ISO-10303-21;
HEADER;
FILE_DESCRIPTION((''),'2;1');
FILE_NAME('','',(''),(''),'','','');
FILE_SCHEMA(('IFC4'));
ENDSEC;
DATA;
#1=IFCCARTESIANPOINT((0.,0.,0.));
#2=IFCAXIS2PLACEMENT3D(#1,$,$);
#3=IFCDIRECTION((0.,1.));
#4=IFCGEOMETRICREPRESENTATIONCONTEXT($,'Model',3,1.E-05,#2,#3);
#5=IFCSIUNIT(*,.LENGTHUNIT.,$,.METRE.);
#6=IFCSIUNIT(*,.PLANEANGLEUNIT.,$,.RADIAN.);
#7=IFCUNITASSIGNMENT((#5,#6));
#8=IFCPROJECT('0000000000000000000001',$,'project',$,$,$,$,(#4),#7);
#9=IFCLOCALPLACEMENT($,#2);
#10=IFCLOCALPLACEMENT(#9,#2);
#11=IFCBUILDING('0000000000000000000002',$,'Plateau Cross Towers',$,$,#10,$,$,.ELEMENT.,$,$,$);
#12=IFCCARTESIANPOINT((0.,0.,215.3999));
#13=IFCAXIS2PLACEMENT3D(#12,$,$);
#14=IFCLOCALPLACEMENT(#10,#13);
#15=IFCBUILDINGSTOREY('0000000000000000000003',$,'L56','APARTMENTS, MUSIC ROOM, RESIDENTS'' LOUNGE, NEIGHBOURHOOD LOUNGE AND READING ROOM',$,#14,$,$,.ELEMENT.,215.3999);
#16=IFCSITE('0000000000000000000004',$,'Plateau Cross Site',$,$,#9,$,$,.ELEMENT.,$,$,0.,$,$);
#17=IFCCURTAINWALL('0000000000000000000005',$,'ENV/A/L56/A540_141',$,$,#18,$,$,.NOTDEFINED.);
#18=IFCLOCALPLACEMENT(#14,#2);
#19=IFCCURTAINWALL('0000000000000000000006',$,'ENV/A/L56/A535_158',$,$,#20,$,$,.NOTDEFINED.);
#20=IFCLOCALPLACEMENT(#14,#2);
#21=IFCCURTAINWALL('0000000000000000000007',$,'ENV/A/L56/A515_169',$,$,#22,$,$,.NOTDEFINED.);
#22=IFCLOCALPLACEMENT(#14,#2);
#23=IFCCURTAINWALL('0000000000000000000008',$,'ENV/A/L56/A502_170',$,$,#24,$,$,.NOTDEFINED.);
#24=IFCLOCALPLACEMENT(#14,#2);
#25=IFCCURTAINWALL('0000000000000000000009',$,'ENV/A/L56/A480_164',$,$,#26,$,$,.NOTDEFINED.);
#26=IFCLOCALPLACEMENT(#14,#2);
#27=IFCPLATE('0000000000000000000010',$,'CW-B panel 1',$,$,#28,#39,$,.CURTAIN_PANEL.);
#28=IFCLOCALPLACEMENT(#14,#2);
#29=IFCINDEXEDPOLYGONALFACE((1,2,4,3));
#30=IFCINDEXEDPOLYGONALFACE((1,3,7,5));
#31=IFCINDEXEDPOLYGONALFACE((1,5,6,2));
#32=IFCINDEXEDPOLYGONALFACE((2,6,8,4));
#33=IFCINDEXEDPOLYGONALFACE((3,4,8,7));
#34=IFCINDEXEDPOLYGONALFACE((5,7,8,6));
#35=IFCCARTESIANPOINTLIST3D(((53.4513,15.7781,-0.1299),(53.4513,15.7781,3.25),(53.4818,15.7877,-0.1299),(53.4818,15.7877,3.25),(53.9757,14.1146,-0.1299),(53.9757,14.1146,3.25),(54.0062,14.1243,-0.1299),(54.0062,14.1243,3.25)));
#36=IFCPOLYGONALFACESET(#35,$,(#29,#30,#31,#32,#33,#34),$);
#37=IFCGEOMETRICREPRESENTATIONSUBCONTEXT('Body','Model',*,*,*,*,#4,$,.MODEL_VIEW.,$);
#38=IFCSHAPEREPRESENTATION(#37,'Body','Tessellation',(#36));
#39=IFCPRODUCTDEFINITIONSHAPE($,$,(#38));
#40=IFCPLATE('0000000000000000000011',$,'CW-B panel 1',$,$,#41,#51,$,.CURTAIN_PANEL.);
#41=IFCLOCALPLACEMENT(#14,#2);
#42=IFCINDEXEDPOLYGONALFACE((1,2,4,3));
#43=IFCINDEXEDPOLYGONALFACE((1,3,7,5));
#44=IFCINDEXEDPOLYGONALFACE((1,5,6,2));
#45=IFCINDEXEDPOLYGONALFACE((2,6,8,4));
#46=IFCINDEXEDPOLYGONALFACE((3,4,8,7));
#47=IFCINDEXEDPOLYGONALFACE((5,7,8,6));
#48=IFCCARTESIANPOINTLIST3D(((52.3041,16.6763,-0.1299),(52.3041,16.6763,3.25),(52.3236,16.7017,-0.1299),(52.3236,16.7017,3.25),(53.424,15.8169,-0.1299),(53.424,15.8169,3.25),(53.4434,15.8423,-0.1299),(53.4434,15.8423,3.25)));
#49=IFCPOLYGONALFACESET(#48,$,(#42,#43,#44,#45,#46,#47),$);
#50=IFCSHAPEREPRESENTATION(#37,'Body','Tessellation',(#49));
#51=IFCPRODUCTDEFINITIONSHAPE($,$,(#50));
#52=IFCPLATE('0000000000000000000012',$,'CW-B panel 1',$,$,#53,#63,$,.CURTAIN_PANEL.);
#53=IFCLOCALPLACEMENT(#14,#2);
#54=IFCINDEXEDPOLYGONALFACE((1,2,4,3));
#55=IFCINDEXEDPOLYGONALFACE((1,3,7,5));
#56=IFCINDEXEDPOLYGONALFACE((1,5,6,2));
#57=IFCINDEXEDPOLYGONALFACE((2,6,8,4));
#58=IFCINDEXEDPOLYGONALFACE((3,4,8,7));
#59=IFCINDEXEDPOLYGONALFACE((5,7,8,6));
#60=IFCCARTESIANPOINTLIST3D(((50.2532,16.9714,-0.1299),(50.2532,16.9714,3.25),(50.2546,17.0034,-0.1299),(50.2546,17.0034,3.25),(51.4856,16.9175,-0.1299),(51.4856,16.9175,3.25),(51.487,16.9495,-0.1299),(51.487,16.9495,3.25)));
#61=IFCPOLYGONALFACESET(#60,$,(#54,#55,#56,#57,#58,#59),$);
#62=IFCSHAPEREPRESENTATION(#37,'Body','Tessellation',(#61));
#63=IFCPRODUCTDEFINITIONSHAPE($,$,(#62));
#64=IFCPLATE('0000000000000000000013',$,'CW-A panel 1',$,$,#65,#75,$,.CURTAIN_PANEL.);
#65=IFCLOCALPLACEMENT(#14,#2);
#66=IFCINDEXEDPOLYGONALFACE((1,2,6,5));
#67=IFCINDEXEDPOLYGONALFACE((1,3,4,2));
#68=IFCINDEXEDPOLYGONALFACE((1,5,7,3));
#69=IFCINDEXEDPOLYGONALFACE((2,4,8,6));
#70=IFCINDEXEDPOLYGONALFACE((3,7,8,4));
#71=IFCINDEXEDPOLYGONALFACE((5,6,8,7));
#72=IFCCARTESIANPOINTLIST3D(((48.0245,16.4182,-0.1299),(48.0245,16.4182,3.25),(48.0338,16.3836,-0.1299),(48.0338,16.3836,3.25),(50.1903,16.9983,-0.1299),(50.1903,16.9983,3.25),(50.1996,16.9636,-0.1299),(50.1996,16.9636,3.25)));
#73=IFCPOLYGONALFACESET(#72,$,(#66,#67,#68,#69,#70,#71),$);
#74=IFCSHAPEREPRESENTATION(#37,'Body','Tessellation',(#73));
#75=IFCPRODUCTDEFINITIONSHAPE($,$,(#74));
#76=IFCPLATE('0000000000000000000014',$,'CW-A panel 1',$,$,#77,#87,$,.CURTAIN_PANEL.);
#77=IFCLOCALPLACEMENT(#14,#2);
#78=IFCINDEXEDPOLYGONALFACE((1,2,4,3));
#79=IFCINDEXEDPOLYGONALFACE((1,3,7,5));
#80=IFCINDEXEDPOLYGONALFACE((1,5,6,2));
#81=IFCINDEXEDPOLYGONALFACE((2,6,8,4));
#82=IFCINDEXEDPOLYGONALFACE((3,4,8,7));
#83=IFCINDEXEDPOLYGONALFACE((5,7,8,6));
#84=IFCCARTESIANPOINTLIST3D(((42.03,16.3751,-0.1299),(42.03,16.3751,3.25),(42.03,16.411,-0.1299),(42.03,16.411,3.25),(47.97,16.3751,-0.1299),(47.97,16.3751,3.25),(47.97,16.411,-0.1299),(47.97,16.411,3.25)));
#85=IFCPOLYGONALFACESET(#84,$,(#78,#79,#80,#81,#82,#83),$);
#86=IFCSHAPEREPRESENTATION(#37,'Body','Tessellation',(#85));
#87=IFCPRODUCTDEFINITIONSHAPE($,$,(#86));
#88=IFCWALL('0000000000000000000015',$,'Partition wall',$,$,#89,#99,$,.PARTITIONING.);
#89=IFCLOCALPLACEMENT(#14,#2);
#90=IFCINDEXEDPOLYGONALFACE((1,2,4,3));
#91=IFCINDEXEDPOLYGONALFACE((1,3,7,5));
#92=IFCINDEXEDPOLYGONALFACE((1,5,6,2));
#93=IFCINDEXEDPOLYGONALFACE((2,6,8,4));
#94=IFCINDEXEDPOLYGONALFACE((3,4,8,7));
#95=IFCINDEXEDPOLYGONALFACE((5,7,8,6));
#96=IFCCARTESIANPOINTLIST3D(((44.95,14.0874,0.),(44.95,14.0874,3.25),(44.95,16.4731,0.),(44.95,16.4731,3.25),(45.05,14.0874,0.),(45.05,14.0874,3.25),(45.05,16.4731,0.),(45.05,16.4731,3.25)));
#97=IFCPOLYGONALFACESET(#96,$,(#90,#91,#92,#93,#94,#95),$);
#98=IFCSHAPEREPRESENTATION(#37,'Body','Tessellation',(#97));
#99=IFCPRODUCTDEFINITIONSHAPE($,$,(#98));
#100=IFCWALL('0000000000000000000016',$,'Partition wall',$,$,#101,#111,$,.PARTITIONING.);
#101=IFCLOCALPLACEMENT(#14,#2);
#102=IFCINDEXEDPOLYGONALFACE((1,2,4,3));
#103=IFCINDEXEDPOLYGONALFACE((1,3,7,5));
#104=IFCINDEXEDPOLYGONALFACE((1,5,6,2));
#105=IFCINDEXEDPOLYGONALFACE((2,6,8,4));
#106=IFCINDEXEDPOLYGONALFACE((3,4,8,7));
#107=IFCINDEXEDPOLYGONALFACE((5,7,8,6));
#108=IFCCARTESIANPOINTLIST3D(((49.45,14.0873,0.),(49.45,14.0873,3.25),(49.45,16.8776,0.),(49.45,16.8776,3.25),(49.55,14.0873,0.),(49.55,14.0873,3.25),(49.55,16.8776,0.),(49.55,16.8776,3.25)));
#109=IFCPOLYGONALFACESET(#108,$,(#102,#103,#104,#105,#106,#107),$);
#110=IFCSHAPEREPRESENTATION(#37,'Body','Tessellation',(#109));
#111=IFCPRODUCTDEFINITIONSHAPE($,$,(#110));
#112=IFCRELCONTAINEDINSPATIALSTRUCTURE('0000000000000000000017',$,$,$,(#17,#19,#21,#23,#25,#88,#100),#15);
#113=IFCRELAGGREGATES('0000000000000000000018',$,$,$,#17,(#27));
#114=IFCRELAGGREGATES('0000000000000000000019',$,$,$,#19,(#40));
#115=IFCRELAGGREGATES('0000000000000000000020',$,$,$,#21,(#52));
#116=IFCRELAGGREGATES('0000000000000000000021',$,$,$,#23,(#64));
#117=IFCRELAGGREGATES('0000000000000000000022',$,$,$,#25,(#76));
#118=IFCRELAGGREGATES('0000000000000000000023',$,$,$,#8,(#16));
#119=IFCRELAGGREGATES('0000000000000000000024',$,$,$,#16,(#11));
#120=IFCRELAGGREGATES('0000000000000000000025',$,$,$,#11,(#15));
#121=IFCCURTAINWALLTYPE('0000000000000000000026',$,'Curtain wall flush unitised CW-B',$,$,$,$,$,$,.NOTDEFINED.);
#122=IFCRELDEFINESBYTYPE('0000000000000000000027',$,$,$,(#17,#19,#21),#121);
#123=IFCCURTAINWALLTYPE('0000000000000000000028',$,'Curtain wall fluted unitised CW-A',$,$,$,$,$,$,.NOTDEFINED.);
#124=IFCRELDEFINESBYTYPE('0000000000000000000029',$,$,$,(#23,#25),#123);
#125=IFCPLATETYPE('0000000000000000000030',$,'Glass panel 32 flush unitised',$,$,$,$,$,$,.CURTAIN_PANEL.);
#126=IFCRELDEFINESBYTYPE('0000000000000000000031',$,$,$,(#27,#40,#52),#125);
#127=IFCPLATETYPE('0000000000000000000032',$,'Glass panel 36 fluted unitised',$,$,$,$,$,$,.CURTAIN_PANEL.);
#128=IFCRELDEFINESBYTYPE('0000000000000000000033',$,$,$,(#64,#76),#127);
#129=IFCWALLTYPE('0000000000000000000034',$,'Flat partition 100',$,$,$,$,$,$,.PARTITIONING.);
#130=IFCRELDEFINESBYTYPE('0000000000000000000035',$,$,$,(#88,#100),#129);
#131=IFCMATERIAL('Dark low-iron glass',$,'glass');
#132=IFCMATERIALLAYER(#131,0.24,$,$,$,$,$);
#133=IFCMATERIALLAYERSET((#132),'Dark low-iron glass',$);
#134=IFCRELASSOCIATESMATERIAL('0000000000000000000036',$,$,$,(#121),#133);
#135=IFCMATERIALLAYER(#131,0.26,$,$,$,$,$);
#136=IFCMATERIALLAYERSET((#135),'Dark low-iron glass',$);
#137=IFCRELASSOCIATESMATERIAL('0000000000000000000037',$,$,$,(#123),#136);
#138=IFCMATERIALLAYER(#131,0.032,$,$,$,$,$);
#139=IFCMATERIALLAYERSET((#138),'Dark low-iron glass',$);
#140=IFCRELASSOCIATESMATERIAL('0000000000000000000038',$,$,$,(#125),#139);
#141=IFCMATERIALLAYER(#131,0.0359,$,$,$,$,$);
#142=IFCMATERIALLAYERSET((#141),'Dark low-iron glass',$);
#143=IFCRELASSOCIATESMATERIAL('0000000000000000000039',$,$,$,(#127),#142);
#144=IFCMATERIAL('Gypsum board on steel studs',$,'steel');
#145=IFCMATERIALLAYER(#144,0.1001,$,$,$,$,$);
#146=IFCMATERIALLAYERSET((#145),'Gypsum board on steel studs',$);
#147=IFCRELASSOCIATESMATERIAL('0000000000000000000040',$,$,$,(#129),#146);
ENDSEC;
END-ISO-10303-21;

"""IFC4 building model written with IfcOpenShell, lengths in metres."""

from ifc_helpers import new_model, si_unit, direction, frame, frame_2d, origin, origin_2d, place, context, subcontext, project, spatial, rectangle, extrude, material, layer, layer_set, type_object, element, aggregate, save


model = new_model("IFC4")

# Units and contexts
model_context = context("Model", 3, precision=1e-05, world=origin(), true_north=direction((0.0, 1.0)))
body_context = subcontext(model_context, "Body", "Model", "MODEL_VIEW")
ifc_project = project(units=[si_unit("LENGTHUNIT", "METRE"), si_unit("PLANEANGLEUNIT", "RADIAN")], contexts=[model_context])

# Site, building, storey
site_placement = place(None, origin())
site = spatial("IfcSite", under=ifc_project, at=site_placement, Name="Plateau Cross Site", CompositionType="ELEMENT", RefElevation=0.0)
building_placement = place(site_placement, origin())
building = spatial("IfcBuilding", under=site, at=building_placement, Name="Plateau Cross Towers", CompositionType="ELEMENT")
storey_placement = place(building_placement, frame((0.0, 0.0, 215.3999)))
storey = spatial("IfcBuildingStorey", under=building, at=storey_placement, Name="L56", Description="APARTMENTS, MUSIC ROOM, RESIDENTS' LOUNGE, NEIGHBOURHOOD LOUNGE AND READING ROOM", CompositionType="ELEMENT", Elevation=215.3999)

# Curtain wall
ifc_material_1 = material(Name="Dark low-iron glass", Category="glass")
ifc_layer_1 = layer(ifc_material_1, 0.24)
ifc_layer_set_1 = layer_set([ifc_layer_1], Name="Dark low-iron glass")
curtain_wall_type_1 = type_object("IfcCurtainWallType", Name="Curtain wall flush unitised CW-B", PredefinedType="NOTDEFINED", material=ifc_layer_set_1)
curtain_wall_1_placement = place(storey_placement, origin())
curtain_wall_1 = element("IfcCurtainWall", 1, at=curtain_wall_1_placement, inside=storey, type_object=curtain_wall_type_1, Name="ENV/A/L56/A540_141", PredefinedType="NOTDEFINED")

# Curtain wall
curtain_wall_2_placement = place(storey_placement, origin())
curtain_wall_2 = element("IfcCurtainWall", 2, at=curtain_wall_2_placement, inside=storey, type_object=curtain_wall_type_1, Name="ENV/A/L56/A535_158", PredefinedType="NOTDEFINED")

# Curtain walls
curtain_wall_3_placement = place(storey_placement, origin())
curtain_wall_3 = element("IfcCurtainWall", 3, at=curtain_wall_3_placement, inside=storey, type_object=curtain_wall_type_1, Name="ENV/A/L56/A515_169", PredefinedType="NOTDEFINED")
ifc_layer_2 = layer(ifc_material_1, 0.26)
ifc_layer_set_2 = layer_set([ifc_layer_2], Name="Dark low-iron glass")
curtain_wall_type_2 = type_object("IfcCurtainWallType", Name="Curtain wall fluted unitised CW-A", PredefinedType="NOTDEFINED", material=ifc_layer_set_2)
curtain_wall_4_placement = place(storey_placement, origin())
curtain_wall_4 = element("IfcCurtainWall", 4, at=curtain_wall_4_placement, inside=storey, type_object=curtain_wall_type_2, Name="ENV/A/L56/A502_170", PredefinedType="NOTDEFINED")
curtain_wall_5_placement = place(storey_placement, origin())
curtain_wall_5 = element("IfcCurtainWall", 5, at=curtain_wall_5_placement, inside=storey, type_object=curtain_wall_type_2, Name="ENV/A/L56/A480_164", PredefinedType="NOTDEFINED")

# Plates
ifc_layer_3 = layer(ifc_material_1, 0.032)
ifc_layer_set_3 = layer_set([ifc_layer_3], Name="Dark low-iron glass")
plate_type_1 = type_object("IfcPlateType", Name="Glass panel 32 flush unitised", PredefinedType="CURTAIN_PANEL", material=ifc_layer_set_3)
plate_1_placement = place(storey_placement, frame((53.7288, 14.9512, -0.1299), z_axis=(0.0, 0.0, 1.0), x_axis=(-0.300686, 0.953723, 0.0)))
plate_1 = element("IfcPlate", 6, at=plate_1_placement, type_object=plate_type_1, Name="CW-B panel 1", PredefinedType="CURTAIN_PANEL", context=body_context, shape_type="SweptSolid", body=[
    extrude(rectangle(XDim=1.7441, YDim=0.032, at=origin_2d()), origin(), (0.0, 0.0, 1.0), 3.3799),
])
aggregate(curtain_wall_1, [plate_1])
plate_2_placement = place(storey_placement, frame((52.8738, 16.2593, -0.1299), z_axis=(0.0, 0.0, 1.0), x_axis=(-0.793316, 0.608811, 0.0)))
plate_2 = element("IfcPlate", 7, at=plate_2_placement, type_object=plate_type_1, Name="CW-B panel 1", PredefinedType="CURTAIN_PANEL", context=body_context, shape_type="SweptSolid", body=[
    extrude(rectangle(XDim=1.4116, YDim=0.032, at=origin_2d()), origin(), (0.0, 0.0, 1.0), 3.3799),
])
aggregate(curtain_wall_2, [plate_2])
plate_3_placement = place(storey_placement, frame((50.8701, 16.9604, -0.1299), z_axis=(0.0, 0.0, 1.0), x_axis=(-0.999044, 0.043723, 0.0)))
plate_3 = element("IfcPlate", 8, at=plate_3_placement, type_object=plate_type_1, Name="CW-B panel 1", PredefinedType="CURTAIN_PANEL", context=body_context, shape_type="SweptSolid", body=[
    extrude(rectangle(XDim=1.2336, YDim=0.032, at=origin_2d()), origin(), (0.0, 0.0, 1.0), 3.3799),
])
aggregate(curtain_wall_3, [plate_3])
ifc_layer_4 = layer(ifc_material_1, 0.0359)
ifc_layer_set_4 = layer_set([ifc_layer_4], Name="Dark low-iron glass")
plate_type_2 = type_object("IfcPlateType", Name="Glass panel 36 fluted unitised", PredefinedType="CURTAIN_PANEL", material=ifc_layer_set_4)
plate_4_placement = place(storey_placement, frame((49.1121, 16.6909, -0.1299), z_axis=(0.0, 0.0, 1.0), x_axis=(-0.965958, -0.258699, 0.0)))
plate_4 = element("IfcPlate", 9, at=plate_4_placement, type_object=plate_type_2, Name="CW-A panel 1", PredefinedType="CURTAIN_PANEL", context=body_context, shape_type="SweptSolid", body=[
    extrude(rectangle(XDim=2.2422, YDim=0.0359, at=origin_2d()), origin(), (0.0, 0.0, 1.0), 3.3799),
])
aggregate(curtain_wall_4, [plate_4])
plate_5_placement = place(storey_placement, frame((45.0, 16.3931, -0.1299), z_axis=(0.0, 0.0, 1.0), x_axis=(-1.0, 0.0, 0.0)))
plate_5 = element("IfcPlate", 10, at=plate_5_placement, type_object=plate_type_2, Name="CW-A panel 1", PredefinedType="CURTAIN_PANEL", context=body_context, shape_type="SweptSolid", body=[
    extrude(rectangle(XDim=5.9399, YDim=0.0359, at=origin_2d()), origin(), (0.0, 0.0, 1.0), 3.3799),
])
aggregate(curtain_wall_5, [plate_5])

# Walls
ifc_material_2 = material(Name="Gypsum board on steel studs", Category="steel")
ifc_layer_5 = layer(ifc_material_2, 0.1001)
ifc_layer_set_5 = layer_set([ifc_layer_5], Name="Gypsum board on steel studs")
wall_type = type_object("IfcWallType", Name="Flat partition 100", PredefinedType="PARTITIONING", material=ifc_layer_set_5)
wall_1_placement = place(storey_placement, frame((45.0, 14.0874, 0.0), z_axis=(0.0, 0.0, 1.0), x_axis=(0.0, 1.0, 0.0)))
element("IfcWall", 11, at=wall_1_placement, inside=storey, type_object=wall_type, Name="Partition wall", PredefinedType="PARTITIONING", context=body_context, shape_type="SweptSolid", body=[
    extrude(rectangle(XDim=2.3857, YDim=0.1001, at=frame_2d((1.1929, 0.0))), origin(), (0.0, 0.0, 1.0), 3.25),
])
wall_2_placement = place(storey_placement, frame((49.5, 14.0874, 0.0), z_axis=(0.0, 0.0, 1.0), x_axis=(0.0, 1.0, 0.0)))
element("IfcWall", 12, at=wall_2_placement, inside=storey, type_object=wall_type, Name="Partition wall", PredefinedType="PARTITIONING", context=body_context, shape_type="SweptSolid", body=[
    extrude(rectangle(XDim=2.7903, YDim=0.1001, at=frame_2d((1.395, 0.0))), origin(), (0.0, 0.0, 1.0), 3.25),
])

save(model, "model.ifc")
